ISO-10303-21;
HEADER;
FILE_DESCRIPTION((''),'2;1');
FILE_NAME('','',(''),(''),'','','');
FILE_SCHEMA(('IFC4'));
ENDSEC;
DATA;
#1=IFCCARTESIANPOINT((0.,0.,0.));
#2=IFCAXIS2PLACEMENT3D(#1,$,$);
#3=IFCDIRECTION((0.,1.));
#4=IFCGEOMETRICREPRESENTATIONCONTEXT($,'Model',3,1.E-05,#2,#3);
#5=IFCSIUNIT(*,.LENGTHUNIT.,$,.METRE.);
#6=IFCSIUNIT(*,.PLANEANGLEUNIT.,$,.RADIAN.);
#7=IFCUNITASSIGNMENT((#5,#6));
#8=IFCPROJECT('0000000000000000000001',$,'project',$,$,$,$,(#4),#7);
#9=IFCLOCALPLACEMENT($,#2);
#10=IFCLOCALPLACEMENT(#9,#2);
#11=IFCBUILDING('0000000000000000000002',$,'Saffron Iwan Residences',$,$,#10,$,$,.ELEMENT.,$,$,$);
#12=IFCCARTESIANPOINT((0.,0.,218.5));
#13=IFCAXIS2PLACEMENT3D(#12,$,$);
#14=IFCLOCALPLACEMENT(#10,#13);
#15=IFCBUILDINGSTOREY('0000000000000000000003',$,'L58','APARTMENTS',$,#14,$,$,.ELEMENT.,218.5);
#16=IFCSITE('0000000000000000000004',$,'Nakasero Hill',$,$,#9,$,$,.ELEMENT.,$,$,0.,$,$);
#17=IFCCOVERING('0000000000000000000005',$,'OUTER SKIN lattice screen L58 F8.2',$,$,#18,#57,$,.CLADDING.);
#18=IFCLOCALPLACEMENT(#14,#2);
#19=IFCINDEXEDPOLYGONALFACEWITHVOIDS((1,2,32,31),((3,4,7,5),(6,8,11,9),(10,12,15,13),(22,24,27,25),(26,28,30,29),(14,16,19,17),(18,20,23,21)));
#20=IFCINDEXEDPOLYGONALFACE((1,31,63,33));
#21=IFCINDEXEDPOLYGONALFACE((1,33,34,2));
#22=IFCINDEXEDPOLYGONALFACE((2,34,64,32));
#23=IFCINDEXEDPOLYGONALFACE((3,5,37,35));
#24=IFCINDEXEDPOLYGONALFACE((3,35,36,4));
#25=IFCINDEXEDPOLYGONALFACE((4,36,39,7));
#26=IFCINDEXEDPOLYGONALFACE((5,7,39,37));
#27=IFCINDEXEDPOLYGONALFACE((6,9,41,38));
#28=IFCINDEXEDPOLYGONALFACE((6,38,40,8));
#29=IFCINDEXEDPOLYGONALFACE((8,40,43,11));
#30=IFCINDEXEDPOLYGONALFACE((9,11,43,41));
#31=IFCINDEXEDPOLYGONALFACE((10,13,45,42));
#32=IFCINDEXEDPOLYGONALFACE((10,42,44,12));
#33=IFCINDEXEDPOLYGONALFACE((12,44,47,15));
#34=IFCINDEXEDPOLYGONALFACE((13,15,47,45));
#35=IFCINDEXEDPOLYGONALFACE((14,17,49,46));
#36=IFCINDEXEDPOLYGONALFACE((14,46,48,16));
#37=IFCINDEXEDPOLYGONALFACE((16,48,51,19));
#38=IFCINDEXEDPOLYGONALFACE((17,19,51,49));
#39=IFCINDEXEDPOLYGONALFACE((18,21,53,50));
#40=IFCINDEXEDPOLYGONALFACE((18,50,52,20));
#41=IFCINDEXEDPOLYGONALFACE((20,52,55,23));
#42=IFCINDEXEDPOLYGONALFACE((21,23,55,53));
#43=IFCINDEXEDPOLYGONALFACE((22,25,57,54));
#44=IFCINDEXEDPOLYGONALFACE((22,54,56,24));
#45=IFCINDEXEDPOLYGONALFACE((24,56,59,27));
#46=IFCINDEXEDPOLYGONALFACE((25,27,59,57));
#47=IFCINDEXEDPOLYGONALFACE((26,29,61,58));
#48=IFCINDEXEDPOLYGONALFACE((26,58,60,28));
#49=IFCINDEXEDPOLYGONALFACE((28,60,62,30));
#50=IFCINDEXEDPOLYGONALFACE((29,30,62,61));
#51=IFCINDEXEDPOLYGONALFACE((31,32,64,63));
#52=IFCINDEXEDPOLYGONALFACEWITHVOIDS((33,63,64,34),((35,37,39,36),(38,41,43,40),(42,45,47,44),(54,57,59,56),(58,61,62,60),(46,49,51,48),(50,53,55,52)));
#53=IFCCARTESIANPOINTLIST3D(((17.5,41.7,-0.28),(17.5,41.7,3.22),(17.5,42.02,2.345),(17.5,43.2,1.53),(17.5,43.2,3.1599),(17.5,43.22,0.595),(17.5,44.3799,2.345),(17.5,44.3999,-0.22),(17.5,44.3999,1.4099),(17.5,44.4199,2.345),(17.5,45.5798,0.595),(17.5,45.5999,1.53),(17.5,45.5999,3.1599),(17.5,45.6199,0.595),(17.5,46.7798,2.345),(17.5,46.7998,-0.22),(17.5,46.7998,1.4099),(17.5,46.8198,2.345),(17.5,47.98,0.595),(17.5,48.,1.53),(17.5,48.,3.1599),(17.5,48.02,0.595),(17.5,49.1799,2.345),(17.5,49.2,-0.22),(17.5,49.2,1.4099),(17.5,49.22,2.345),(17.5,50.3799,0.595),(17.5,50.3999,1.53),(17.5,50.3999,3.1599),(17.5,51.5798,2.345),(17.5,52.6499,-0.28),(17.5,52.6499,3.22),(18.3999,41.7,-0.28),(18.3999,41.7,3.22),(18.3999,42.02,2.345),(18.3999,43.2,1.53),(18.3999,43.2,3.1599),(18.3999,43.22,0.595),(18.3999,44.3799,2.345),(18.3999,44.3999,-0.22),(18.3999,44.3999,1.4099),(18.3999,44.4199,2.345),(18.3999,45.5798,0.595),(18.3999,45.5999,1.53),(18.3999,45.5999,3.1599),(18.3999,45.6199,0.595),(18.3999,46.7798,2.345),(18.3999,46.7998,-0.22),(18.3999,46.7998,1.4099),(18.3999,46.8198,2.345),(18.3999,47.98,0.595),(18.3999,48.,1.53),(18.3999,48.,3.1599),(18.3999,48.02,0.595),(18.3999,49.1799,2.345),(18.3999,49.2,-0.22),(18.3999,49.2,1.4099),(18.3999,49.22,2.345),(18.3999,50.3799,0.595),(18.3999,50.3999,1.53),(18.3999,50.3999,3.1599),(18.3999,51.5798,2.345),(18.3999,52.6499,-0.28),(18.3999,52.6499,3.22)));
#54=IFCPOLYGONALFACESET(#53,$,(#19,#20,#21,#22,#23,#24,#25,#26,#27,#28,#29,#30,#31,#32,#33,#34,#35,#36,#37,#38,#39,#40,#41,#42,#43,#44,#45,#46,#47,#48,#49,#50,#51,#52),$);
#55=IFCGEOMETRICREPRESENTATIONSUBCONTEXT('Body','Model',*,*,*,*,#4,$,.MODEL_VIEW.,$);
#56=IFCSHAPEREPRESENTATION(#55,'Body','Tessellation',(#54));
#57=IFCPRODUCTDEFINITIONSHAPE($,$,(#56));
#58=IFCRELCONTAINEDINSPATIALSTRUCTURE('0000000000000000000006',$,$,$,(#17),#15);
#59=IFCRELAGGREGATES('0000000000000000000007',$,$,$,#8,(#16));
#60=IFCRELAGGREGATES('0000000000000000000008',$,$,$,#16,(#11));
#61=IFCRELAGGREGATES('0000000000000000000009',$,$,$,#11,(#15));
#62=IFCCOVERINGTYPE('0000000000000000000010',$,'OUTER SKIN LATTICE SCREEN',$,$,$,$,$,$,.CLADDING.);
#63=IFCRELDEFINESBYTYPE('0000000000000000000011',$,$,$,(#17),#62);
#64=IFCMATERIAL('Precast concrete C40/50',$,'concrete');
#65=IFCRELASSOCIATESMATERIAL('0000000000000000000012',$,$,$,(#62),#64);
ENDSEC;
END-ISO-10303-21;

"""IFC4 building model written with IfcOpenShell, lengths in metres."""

from ifc_helpers import new_model, si_unit, direction, frame, origin, place, context, subcontext, project, spatial, polyline, outline, extrude, material, type_object, element, save


model = new_model("IFC4")

# Units and contexts
model_context = context("Model", 3, precision=1e-05, world=origin(), true_north=direction((0.0, 1.0)))
body_context = subcontext(model_context, "Body", "Model", "MODEL_VIEW")
ifc_project = project(units=[si_unit("LENGTHUNIT", "METRE"), si_unit("PLANEANGLEUNIT", "RADIAN")], contexts=[model_context])

# Site, building, storey
site_placement = place(None, origin())
site = spatial("IfcSite", under=ifc_project, at=site_placement, Name="Nakasero Hill", CompositionType="ELEMENT", RefElevation=0.0)
building_placement = place(site_placement, origin())
building = spatial("IfcBuilding", under=site, at=building_placement, Name="Saffron Iwan Residences", CompositionType="ELEMENT")
storey_placement = place(building_placement, frame((0.0, 0.0, 218.5)))
storey = spatial("IfcBuildingStorey", under=building, at=storey_placement, Name="L58", Description="APARTMENTS", CompositionType="ELEMENT", Elevation=218.5)

# Covering
ifc_material_1 = material(Name="Precast concrete C40/50", Category="concrete")
covering_type = type_object("IfcCoveringType", Name="OUTER SKIN LATTICE SCREEN", PredefinedType="CLADDING", material=ifc_material_1)
covering_placement = place(storey_placement, frame((18.3999, 52.6499, -0.28), z_axis=(-1.0, 0.0, 0.0), x_axis=(0.0, -1.0, 0.0)))
element("IfcCovering", 1, at=covering_placement, inside=storey, type_object=covering_type, Name="OUTER SKIN lattice screen L58 F8.2", PredefinedType="CLADDING", context=body_context, shape_type="SweptSolid", body=[
    extrude(outline(polyline([(0.0, 0.0), (10.95, 0.0), (10.95, 3.5), (0.0, 3.5), (0.0, 0.0)]), holes=[polyline([(2.27, 0.875), (3.45, 0.0601), (4.6299, 0.875), (3.45, 1.6899), (2.27, 0.875)]), polyline([(4.6699, 0.875), (5.8501, 0.0601), (7.03, 0.875), (5.8501, 1.6899), (4.6699, 0.875)]), polyline([(7.0701, 0.875), (8.25, 0.0601), (9.4299, 0.875), (8.25, 1.6899), (7.0701, 0.875)]), polyline([(1.0701, 2.625), (2.25, 1.8101), (3.4299, 2.625), (2.25, 3.4399), (1.0701, 2.625)]), polyline([(3.47, 2.625), (4.6499, 1.8101), (5.8301, 2.625), (4.6499, 3.4399), (3.47, 2.625)]), polyline([(5.8701, 2.625), (7.05, 1.8101), (8.23, 2.625), (7.05, 3.4399), (5.8701, 2.625)]), polyline([(8.27, 2.625), (9.45, 1.8101), (10.6299, 2.625), (9.45, 3.4399), (8.27, 2.625)])]), origin(), (0.0, 0.0, 1.0), 0.8999),
])

save(model, "model.ifc")
